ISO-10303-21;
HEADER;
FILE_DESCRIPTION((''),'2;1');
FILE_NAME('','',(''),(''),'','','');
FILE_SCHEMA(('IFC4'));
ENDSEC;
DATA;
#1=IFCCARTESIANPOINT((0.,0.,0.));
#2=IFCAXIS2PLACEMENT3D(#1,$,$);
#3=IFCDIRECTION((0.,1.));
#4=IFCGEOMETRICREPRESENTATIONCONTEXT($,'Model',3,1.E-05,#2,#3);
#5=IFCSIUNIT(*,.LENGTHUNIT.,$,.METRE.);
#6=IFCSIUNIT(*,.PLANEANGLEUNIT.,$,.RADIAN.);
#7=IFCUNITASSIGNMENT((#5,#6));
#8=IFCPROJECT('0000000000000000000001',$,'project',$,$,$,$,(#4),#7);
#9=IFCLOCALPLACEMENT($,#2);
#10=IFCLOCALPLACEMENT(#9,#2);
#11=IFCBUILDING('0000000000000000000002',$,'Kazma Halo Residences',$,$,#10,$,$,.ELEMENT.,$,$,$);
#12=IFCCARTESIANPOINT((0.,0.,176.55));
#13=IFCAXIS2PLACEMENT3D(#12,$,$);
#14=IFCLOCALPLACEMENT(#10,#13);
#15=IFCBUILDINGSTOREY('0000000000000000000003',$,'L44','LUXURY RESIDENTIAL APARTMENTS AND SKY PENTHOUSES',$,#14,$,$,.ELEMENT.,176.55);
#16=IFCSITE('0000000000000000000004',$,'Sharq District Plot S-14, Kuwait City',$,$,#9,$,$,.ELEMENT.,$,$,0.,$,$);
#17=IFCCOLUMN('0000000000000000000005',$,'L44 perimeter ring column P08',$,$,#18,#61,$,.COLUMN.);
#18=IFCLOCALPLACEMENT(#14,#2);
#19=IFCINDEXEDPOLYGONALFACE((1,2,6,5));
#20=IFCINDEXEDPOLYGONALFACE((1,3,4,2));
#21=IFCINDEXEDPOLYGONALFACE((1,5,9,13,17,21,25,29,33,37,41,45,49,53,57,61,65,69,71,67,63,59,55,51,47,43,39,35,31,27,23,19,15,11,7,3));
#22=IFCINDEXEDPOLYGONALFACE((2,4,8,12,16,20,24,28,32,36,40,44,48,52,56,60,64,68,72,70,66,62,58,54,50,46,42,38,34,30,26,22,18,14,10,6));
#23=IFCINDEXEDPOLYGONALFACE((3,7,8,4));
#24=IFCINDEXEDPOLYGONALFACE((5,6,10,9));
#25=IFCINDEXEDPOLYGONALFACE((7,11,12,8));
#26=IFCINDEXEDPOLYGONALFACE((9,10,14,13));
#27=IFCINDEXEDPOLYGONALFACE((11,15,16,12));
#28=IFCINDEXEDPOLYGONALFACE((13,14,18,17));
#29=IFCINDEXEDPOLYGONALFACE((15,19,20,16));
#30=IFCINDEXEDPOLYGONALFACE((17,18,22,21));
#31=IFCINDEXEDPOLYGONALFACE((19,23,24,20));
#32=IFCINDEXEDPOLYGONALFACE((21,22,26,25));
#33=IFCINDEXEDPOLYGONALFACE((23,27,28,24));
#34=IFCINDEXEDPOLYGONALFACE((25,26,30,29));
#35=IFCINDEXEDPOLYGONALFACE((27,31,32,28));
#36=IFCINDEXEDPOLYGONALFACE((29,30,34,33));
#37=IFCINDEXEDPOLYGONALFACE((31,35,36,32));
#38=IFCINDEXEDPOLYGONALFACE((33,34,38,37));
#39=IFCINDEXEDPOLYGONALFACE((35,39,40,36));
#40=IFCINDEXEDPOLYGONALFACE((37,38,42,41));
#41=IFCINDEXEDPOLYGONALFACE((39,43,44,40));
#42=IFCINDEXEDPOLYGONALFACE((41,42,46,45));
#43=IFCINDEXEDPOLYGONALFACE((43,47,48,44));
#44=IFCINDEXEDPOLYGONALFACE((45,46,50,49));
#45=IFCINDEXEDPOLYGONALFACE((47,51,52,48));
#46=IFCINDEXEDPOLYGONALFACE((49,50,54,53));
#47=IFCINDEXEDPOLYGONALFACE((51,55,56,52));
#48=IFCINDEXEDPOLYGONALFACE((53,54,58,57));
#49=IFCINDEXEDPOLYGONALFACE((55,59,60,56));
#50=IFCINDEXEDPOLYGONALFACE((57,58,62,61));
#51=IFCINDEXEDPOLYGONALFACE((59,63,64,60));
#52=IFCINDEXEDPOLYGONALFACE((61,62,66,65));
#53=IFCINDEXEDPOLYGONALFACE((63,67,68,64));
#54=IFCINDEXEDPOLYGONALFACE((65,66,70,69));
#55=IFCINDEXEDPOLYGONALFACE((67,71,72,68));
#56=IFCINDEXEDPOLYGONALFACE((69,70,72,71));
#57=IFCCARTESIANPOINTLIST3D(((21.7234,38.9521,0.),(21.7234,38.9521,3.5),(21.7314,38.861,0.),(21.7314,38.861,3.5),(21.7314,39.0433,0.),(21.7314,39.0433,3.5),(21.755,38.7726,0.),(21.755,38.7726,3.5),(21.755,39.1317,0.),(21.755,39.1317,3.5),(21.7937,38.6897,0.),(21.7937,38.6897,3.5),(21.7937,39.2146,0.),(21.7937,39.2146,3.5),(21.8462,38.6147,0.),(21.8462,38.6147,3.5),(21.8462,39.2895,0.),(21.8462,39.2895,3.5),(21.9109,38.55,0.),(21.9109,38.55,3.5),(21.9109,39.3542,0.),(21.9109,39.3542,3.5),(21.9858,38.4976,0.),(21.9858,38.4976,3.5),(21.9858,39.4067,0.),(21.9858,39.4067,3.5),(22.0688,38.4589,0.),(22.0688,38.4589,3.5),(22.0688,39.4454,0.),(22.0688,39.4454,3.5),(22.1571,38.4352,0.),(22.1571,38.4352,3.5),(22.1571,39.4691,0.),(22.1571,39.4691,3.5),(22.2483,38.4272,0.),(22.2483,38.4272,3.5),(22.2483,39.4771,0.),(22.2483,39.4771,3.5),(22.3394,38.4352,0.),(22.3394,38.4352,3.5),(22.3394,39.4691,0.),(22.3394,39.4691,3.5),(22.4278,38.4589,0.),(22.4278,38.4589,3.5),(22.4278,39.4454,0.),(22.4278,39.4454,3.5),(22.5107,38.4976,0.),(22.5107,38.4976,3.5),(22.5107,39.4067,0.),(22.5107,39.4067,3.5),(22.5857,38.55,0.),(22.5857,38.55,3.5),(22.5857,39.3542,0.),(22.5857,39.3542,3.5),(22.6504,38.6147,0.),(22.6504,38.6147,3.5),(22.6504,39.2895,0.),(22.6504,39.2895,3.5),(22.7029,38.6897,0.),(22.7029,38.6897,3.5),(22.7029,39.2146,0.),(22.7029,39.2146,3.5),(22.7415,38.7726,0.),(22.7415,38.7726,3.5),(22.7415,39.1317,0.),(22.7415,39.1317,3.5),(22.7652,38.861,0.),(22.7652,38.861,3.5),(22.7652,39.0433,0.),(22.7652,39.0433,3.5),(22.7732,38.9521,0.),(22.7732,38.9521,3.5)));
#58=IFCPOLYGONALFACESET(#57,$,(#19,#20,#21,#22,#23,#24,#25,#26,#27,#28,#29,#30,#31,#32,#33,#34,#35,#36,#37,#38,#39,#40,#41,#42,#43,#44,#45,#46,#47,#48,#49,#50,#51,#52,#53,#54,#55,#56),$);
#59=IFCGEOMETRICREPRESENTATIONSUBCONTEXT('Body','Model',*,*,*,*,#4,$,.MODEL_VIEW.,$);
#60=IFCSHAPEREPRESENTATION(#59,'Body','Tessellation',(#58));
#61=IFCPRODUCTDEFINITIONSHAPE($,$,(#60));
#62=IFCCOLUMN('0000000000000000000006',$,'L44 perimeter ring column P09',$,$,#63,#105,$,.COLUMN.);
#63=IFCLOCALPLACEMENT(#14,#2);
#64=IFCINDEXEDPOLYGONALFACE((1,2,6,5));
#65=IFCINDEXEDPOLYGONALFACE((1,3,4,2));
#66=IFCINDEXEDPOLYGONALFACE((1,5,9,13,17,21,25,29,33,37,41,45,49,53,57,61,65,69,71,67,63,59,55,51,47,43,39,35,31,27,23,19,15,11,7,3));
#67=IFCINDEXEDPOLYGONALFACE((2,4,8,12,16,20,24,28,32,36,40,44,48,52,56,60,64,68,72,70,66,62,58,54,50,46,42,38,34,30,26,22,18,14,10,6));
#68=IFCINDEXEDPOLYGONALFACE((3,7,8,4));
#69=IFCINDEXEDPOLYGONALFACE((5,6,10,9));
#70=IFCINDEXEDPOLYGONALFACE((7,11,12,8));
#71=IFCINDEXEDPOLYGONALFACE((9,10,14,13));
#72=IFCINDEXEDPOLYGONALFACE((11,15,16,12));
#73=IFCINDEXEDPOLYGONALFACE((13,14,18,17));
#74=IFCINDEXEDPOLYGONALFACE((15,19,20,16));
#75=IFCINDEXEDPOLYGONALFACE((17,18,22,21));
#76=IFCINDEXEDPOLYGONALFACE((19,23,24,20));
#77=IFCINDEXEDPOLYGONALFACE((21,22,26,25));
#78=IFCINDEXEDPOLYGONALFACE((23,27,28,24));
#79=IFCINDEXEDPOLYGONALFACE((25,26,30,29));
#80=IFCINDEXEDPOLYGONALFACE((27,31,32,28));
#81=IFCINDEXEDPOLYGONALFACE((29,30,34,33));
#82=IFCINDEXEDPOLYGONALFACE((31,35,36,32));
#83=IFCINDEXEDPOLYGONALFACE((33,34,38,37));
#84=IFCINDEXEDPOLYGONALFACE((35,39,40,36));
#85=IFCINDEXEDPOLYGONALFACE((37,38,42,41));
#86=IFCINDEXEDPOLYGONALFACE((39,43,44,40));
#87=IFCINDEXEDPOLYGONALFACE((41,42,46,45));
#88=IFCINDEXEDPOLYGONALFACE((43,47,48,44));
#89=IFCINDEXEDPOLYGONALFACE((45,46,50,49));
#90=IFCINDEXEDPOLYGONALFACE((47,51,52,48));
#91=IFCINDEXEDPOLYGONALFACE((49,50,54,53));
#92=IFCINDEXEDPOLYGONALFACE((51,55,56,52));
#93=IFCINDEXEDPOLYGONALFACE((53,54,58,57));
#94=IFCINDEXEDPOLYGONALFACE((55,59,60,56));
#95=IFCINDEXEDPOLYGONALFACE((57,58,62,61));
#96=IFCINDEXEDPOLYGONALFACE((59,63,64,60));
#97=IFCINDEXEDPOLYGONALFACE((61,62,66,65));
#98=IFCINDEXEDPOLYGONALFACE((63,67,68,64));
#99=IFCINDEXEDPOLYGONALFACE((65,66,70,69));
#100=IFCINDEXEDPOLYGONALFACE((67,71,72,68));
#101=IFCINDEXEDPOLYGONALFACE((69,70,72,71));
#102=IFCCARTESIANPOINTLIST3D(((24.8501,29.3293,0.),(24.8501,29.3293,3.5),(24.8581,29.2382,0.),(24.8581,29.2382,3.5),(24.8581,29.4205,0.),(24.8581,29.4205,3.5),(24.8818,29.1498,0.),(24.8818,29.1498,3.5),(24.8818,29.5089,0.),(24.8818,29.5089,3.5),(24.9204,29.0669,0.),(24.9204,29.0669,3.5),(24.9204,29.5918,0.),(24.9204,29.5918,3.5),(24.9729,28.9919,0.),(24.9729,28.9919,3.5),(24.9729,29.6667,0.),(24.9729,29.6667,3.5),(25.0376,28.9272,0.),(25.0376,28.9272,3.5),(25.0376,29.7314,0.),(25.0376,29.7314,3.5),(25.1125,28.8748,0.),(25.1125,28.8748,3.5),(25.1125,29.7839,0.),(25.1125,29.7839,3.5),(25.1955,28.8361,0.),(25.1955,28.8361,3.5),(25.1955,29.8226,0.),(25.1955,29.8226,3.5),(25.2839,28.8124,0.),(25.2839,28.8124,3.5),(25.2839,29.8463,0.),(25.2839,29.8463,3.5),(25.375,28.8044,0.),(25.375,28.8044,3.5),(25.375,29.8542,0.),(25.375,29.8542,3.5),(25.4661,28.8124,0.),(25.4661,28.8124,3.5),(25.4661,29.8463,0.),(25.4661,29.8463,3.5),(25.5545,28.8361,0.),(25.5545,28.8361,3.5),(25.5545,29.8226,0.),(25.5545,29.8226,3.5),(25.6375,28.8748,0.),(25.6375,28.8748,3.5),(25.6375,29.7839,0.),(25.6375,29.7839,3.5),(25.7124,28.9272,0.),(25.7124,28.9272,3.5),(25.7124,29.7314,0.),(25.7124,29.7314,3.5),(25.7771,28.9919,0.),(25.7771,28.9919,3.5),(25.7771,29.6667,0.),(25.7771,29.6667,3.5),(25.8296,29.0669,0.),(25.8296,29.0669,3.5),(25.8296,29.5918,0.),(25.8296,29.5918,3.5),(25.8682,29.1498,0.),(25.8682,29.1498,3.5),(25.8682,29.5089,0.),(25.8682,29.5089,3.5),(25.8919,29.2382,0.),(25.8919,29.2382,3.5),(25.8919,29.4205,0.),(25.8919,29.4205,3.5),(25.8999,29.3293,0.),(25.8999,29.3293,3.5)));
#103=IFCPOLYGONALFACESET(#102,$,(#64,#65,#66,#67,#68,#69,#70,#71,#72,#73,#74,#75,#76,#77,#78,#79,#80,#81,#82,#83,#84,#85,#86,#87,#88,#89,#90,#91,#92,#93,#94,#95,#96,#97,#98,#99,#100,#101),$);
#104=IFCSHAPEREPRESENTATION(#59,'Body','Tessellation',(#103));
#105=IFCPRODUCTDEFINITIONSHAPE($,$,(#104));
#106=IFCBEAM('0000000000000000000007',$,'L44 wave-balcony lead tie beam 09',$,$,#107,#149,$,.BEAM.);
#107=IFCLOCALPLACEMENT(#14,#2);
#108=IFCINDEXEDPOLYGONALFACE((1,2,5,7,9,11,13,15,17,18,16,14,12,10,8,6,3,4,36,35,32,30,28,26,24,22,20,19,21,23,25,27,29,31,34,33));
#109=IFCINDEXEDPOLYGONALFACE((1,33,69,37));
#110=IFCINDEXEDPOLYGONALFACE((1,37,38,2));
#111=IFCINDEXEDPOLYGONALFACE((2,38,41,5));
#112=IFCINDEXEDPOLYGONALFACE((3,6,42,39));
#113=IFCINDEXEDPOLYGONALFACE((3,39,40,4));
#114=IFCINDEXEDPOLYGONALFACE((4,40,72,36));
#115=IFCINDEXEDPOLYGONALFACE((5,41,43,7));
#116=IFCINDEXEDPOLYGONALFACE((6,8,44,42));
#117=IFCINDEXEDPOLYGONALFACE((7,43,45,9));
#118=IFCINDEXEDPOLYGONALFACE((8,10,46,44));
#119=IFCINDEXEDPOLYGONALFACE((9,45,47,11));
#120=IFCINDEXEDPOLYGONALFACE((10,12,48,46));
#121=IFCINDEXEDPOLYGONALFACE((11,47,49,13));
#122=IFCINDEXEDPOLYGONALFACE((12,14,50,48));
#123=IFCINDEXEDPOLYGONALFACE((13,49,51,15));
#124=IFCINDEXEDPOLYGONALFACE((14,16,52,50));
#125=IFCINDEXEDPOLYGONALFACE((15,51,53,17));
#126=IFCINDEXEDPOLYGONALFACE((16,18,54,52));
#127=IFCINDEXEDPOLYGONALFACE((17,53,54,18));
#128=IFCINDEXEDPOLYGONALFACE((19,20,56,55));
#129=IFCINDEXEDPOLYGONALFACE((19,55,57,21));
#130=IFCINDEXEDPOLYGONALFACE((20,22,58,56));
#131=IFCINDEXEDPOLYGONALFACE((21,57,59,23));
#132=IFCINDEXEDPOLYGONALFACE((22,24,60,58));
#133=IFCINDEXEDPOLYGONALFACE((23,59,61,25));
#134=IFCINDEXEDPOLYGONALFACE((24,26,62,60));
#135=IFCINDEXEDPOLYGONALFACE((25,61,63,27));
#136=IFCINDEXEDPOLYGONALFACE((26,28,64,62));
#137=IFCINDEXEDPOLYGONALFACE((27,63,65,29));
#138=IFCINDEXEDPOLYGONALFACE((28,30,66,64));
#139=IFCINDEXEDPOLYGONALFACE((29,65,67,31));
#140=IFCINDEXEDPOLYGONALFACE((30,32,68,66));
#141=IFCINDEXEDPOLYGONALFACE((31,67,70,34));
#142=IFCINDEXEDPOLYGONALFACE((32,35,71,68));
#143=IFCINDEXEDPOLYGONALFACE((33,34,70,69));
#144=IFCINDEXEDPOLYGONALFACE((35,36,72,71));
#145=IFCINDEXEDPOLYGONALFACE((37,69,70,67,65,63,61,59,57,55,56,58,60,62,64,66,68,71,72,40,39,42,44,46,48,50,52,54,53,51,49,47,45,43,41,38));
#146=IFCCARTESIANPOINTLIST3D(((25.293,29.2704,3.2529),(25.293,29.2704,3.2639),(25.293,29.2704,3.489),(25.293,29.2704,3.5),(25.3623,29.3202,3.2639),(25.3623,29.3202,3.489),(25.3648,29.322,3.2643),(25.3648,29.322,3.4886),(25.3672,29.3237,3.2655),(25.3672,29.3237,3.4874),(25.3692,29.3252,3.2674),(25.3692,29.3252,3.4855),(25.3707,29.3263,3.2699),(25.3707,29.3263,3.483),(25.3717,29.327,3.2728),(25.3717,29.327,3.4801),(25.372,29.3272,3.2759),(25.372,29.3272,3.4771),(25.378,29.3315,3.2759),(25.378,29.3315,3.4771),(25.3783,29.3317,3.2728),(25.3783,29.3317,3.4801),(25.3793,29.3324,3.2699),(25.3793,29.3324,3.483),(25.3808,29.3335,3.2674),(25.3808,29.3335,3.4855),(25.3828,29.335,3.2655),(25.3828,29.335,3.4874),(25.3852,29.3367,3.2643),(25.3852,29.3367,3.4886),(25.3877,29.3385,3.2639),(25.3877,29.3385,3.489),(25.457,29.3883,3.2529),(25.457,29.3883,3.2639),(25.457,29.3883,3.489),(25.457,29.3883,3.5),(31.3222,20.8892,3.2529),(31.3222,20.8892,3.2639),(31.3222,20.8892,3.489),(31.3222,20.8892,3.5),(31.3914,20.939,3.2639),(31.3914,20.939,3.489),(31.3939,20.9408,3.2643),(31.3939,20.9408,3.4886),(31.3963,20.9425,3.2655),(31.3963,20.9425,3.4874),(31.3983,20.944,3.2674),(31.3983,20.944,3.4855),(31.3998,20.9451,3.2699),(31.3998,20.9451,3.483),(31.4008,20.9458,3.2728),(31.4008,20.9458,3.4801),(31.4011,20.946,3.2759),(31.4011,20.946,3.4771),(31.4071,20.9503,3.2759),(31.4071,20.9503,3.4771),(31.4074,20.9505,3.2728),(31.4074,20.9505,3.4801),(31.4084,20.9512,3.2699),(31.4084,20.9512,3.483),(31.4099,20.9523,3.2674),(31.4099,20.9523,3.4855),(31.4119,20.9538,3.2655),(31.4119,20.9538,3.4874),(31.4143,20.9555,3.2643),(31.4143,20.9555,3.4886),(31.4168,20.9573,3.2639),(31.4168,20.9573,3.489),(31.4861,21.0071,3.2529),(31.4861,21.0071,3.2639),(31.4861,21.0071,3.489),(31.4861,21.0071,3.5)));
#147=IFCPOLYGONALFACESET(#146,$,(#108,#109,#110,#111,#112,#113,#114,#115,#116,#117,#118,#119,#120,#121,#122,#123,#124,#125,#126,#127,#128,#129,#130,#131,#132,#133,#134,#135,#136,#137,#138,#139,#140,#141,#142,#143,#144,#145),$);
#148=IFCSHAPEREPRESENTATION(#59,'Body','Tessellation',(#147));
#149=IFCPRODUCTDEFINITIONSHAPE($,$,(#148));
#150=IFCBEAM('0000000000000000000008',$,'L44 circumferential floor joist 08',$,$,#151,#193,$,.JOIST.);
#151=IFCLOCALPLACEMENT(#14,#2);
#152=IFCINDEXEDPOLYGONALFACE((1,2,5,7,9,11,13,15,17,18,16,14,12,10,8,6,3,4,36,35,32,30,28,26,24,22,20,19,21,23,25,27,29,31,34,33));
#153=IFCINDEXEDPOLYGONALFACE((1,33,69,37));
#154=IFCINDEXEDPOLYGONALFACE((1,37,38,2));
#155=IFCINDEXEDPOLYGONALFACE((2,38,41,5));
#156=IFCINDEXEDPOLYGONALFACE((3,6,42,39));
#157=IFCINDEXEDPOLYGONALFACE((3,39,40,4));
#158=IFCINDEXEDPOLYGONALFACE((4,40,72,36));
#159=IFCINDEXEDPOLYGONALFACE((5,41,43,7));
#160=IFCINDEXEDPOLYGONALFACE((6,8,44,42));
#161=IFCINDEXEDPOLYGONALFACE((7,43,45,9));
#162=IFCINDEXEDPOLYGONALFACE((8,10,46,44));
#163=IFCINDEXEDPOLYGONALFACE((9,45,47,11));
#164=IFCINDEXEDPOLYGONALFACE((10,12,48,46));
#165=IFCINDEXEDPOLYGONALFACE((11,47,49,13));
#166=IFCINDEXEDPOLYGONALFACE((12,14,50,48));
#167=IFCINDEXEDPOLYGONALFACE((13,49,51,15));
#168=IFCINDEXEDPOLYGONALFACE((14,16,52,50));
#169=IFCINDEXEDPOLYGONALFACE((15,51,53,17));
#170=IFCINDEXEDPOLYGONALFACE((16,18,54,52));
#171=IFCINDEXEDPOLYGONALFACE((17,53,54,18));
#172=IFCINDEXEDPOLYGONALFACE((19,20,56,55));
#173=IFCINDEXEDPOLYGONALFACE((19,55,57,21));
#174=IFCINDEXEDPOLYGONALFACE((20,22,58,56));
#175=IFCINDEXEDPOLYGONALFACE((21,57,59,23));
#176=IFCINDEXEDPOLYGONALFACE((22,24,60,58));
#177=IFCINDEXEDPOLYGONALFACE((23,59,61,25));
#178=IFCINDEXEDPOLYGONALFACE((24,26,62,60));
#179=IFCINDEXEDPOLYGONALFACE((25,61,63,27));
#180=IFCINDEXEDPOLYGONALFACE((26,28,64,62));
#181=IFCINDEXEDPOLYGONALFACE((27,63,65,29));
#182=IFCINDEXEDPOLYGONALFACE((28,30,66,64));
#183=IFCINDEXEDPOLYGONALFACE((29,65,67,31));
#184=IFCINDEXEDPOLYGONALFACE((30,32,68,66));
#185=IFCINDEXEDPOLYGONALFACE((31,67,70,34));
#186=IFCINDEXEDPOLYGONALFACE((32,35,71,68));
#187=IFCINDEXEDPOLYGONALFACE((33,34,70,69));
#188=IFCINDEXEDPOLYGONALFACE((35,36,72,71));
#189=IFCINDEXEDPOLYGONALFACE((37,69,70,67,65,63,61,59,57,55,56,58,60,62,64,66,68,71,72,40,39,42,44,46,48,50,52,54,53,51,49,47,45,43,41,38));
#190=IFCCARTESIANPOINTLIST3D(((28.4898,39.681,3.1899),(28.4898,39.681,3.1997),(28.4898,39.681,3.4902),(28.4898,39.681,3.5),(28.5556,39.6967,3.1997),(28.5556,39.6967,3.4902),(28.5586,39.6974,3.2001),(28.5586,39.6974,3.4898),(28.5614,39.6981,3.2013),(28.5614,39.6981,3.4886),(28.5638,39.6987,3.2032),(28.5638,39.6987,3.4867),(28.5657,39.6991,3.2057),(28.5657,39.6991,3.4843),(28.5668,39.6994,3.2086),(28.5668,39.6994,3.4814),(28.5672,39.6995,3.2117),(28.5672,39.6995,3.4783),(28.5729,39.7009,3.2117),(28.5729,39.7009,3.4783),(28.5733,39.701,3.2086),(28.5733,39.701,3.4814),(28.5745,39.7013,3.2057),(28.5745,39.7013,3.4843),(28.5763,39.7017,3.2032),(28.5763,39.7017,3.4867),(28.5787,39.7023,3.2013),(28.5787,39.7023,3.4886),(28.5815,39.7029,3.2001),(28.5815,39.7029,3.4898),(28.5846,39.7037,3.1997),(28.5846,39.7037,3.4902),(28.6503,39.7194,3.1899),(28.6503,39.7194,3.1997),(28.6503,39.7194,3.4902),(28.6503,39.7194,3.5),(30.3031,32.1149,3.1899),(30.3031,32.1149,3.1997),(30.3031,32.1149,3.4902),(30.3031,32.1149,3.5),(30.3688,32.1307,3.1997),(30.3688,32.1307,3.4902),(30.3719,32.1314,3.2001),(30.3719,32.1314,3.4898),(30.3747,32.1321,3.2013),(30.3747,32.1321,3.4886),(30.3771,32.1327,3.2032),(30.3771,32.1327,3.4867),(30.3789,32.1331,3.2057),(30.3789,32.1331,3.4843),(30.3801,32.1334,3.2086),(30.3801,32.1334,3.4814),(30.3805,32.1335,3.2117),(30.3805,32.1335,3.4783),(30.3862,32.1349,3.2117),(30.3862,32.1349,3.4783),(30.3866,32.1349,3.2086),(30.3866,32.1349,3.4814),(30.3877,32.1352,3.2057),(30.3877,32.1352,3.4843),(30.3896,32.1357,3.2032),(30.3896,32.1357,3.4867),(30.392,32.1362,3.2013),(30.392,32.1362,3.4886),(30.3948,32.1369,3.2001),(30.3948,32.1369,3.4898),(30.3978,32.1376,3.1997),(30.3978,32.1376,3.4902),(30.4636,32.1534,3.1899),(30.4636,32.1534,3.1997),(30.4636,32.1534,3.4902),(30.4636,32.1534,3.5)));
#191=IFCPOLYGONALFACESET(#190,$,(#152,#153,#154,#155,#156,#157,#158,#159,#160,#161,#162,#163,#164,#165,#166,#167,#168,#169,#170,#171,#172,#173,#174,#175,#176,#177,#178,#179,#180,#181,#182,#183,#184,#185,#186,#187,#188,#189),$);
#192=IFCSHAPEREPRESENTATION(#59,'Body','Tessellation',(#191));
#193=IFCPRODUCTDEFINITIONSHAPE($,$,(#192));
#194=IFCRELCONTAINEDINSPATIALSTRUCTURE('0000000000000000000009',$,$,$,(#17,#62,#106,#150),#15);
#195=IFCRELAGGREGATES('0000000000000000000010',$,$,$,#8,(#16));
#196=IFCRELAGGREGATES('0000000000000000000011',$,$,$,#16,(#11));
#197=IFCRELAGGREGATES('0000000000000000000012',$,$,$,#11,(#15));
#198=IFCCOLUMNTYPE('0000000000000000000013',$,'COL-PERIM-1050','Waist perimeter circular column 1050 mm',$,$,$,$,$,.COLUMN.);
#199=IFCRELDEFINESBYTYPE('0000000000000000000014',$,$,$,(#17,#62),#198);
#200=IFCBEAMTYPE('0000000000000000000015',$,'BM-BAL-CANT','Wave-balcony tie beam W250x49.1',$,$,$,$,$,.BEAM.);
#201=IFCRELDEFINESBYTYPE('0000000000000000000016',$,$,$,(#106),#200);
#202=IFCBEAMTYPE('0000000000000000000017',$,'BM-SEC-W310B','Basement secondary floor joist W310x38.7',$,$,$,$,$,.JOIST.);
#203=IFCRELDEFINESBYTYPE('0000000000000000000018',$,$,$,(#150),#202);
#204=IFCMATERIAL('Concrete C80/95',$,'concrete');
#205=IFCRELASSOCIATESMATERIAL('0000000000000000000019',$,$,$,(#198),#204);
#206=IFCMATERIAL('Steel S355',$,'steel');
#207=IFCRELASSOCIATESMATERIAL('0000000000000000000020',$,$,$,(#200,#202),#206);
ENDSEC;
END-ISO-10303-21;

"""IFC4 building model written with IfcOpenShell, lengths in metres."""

from ifc_helpers import new_model, si_unit, direction, frame, origin, origin_2d, place, context, subcontext, project, spatial, circle, i_section, extrude, material, material_profile, profile_set, type_object, element, save


model = new_model("IFC4")

# Units and contexts
model_context = context("Model", 3, precision=1e-05, world=origin(), true_north=direction((0.0, 1.0)))
body_context = subcontext(model_context, "Body", "Model", "MODEL_VIEW")
ifc_project = project(units=[si_unit("LENGTHUNIT", "METRE"), si_unit("PLANEANGLEUNIT", "RADIAN")], contexts=[model_context])

# Site, building, storey
site_placement = place(None, origin())
site = spatial("IfcSite", under=ifc_project, at=site_placement, Name="Sharq District Plot S-14, Kuwait City", CompositionType="ELEMENT", RefElevation=0.0)
building_placement = place(site_placement, origin())
building = spatial("IfcBuilding", under=site, at=building_placement, Name="Kazma Halo Residences", CompositionType="ELEMENT")
storey_placement = place(building_placement, frame((0.0, 0.0, 176.55)))
storey = spatial("IfcBuildingStorey", under=building, at=storey_placement, Name="L44", Description="LUXURY RESIDENTIAL APARTMENTS AND SKY PENTHOUSES", CompositionType="ELEMENT", Elevation=176.55)

# Columns
ifc_material_1 = material(Name="Concrete C80/95", Category="concrete")
ifc_material_profile_1 = material_profile(ifc_material_1, circle(Radius=0.5249, at=origin_2d()), Name="CIRC1050")
ifc_profile_set_1 = profile_set([ifc_material_profile_1], Name="Concrete C80/95")
column_type = type_object("IfcColumnType", Name="COL-PERIM-1050", Description="Waist perimeter circular column 1050 mm", PredefinedType="COLUMN", material=ifc_profile_set_1)
for number, where, z_axis, x_axis, name in (
    (1, (22.2483, 38.9521, 0.0), (0.0, 0.0, 1.0), (1.0, 0.0, 0.0), "L44 perimeter ring column P08"),
    (2, (25.375, 29.3293, 0.0), (0.0, 0.0, 1.0), (1.0, 0.0, 0.0), "L44 perimeter ring column P09"),
):
    element("IfcColumn", number, at=place(storey_placement, frame(where, z_axis=z_axis, x_axis=x_axis)), inside=storey, type_object=column_type, Name=name, PredefinedType="COLUMN", context=body_context, shape_type="SweptSolid", body=[
        extrude(circle(Radius=0.5249, at=origin_2d()), origin(), (0.0, 0.0, 1.0), 3.5),
    ])

# Beams
ifc_material_2 = material(Name="Steel S355", Category="steel")
ifc_material_profile_2 = material_profile(ifc_material_2, i_section(OverallWidth=0.2019, OverallDepth=0.2471, WebThickness=0.0073, FlangeThickness=0.011, FilletRadius=0.012, at=origin_2d()), Name="W250x49.1")
ifc_profile_set_2 = profile_set([ifc_material_profile_2], Name="Steel S355")
beam_type_1 = type_object("IfcBeamType", Name="BM-BAL-CANT", Description="Wave-balcony tie beam W250x49.1", PredefinedType="BEAM", material=ifc_profile_set_2)
beam_1_placement = place(storey_placement, frame((25.375, 29.3293, 3.3765), z_axis=(0.583964, -0.81178, 0.0), x_axis=(0.81178, 0.583964, 0.0)))
element("IfcBeam", 3, at=beam_1_placement, inside=storey, type_object=beam_type_1, Name="L44 wave-balcony lead tie beam 09", PredefinedType="BEAM", context=body_context, shape_type="SweptSolid", body=[
    extrude(i_section(OverallWidth=0.2019, OverallDepth=0.2471, WebThickness=0.0073, FlangeThickness=0.011, FilletRadius=0.012, at=origin_2d()), origin(), (0.0, 0.0, 1.0), 10.3245),
])
ifc_material_profile_3 = material_profile(ifc_material_2, i_section(OverallWidth=0.165, OverallDepth=0.3101, WebThickness=0.0059, FlangeThickness=0.0098, FilletRadius=0.012, at=origin_2d()), Name="W310x38.7")
ifc_profile_set_3 = profile_set([ifc_material_profile_3], Name="Steel S355")
beam_type_2 = type_object("IfcBeamType", Name="BM-SEC-W310B", Description="Basement secondary floor joist W310x38.7", PredefinedType="JOIST", material=ifc_profile_set_3)
beam_2_placement = place(storey_placement, frame((28.5701, 39.7002, 3.345), z_axis=(0.233058, -0.972463, 0.0), x_axis=(0.972463, 0.233058, 0.0)))
element("IfcBeam", 4, at=beam_2_placement, inside=storey, type_object=beam_type_2, Name="L44 circumferential floor joist 08", PredefinedType="JOIST", context=body_context, shape_type="SweptSolid", body=[
    extrude(i_section(OverallWidth=0.165, OverallDepth=0.3101, WebThickness=0.0059, FlangeThickness=0.0098, FilletRadius=0.012, at=origin_2d()), origin(), (0.0, 0.0, 1.0), 7.7803),
])

save(model, "model.ifc")
